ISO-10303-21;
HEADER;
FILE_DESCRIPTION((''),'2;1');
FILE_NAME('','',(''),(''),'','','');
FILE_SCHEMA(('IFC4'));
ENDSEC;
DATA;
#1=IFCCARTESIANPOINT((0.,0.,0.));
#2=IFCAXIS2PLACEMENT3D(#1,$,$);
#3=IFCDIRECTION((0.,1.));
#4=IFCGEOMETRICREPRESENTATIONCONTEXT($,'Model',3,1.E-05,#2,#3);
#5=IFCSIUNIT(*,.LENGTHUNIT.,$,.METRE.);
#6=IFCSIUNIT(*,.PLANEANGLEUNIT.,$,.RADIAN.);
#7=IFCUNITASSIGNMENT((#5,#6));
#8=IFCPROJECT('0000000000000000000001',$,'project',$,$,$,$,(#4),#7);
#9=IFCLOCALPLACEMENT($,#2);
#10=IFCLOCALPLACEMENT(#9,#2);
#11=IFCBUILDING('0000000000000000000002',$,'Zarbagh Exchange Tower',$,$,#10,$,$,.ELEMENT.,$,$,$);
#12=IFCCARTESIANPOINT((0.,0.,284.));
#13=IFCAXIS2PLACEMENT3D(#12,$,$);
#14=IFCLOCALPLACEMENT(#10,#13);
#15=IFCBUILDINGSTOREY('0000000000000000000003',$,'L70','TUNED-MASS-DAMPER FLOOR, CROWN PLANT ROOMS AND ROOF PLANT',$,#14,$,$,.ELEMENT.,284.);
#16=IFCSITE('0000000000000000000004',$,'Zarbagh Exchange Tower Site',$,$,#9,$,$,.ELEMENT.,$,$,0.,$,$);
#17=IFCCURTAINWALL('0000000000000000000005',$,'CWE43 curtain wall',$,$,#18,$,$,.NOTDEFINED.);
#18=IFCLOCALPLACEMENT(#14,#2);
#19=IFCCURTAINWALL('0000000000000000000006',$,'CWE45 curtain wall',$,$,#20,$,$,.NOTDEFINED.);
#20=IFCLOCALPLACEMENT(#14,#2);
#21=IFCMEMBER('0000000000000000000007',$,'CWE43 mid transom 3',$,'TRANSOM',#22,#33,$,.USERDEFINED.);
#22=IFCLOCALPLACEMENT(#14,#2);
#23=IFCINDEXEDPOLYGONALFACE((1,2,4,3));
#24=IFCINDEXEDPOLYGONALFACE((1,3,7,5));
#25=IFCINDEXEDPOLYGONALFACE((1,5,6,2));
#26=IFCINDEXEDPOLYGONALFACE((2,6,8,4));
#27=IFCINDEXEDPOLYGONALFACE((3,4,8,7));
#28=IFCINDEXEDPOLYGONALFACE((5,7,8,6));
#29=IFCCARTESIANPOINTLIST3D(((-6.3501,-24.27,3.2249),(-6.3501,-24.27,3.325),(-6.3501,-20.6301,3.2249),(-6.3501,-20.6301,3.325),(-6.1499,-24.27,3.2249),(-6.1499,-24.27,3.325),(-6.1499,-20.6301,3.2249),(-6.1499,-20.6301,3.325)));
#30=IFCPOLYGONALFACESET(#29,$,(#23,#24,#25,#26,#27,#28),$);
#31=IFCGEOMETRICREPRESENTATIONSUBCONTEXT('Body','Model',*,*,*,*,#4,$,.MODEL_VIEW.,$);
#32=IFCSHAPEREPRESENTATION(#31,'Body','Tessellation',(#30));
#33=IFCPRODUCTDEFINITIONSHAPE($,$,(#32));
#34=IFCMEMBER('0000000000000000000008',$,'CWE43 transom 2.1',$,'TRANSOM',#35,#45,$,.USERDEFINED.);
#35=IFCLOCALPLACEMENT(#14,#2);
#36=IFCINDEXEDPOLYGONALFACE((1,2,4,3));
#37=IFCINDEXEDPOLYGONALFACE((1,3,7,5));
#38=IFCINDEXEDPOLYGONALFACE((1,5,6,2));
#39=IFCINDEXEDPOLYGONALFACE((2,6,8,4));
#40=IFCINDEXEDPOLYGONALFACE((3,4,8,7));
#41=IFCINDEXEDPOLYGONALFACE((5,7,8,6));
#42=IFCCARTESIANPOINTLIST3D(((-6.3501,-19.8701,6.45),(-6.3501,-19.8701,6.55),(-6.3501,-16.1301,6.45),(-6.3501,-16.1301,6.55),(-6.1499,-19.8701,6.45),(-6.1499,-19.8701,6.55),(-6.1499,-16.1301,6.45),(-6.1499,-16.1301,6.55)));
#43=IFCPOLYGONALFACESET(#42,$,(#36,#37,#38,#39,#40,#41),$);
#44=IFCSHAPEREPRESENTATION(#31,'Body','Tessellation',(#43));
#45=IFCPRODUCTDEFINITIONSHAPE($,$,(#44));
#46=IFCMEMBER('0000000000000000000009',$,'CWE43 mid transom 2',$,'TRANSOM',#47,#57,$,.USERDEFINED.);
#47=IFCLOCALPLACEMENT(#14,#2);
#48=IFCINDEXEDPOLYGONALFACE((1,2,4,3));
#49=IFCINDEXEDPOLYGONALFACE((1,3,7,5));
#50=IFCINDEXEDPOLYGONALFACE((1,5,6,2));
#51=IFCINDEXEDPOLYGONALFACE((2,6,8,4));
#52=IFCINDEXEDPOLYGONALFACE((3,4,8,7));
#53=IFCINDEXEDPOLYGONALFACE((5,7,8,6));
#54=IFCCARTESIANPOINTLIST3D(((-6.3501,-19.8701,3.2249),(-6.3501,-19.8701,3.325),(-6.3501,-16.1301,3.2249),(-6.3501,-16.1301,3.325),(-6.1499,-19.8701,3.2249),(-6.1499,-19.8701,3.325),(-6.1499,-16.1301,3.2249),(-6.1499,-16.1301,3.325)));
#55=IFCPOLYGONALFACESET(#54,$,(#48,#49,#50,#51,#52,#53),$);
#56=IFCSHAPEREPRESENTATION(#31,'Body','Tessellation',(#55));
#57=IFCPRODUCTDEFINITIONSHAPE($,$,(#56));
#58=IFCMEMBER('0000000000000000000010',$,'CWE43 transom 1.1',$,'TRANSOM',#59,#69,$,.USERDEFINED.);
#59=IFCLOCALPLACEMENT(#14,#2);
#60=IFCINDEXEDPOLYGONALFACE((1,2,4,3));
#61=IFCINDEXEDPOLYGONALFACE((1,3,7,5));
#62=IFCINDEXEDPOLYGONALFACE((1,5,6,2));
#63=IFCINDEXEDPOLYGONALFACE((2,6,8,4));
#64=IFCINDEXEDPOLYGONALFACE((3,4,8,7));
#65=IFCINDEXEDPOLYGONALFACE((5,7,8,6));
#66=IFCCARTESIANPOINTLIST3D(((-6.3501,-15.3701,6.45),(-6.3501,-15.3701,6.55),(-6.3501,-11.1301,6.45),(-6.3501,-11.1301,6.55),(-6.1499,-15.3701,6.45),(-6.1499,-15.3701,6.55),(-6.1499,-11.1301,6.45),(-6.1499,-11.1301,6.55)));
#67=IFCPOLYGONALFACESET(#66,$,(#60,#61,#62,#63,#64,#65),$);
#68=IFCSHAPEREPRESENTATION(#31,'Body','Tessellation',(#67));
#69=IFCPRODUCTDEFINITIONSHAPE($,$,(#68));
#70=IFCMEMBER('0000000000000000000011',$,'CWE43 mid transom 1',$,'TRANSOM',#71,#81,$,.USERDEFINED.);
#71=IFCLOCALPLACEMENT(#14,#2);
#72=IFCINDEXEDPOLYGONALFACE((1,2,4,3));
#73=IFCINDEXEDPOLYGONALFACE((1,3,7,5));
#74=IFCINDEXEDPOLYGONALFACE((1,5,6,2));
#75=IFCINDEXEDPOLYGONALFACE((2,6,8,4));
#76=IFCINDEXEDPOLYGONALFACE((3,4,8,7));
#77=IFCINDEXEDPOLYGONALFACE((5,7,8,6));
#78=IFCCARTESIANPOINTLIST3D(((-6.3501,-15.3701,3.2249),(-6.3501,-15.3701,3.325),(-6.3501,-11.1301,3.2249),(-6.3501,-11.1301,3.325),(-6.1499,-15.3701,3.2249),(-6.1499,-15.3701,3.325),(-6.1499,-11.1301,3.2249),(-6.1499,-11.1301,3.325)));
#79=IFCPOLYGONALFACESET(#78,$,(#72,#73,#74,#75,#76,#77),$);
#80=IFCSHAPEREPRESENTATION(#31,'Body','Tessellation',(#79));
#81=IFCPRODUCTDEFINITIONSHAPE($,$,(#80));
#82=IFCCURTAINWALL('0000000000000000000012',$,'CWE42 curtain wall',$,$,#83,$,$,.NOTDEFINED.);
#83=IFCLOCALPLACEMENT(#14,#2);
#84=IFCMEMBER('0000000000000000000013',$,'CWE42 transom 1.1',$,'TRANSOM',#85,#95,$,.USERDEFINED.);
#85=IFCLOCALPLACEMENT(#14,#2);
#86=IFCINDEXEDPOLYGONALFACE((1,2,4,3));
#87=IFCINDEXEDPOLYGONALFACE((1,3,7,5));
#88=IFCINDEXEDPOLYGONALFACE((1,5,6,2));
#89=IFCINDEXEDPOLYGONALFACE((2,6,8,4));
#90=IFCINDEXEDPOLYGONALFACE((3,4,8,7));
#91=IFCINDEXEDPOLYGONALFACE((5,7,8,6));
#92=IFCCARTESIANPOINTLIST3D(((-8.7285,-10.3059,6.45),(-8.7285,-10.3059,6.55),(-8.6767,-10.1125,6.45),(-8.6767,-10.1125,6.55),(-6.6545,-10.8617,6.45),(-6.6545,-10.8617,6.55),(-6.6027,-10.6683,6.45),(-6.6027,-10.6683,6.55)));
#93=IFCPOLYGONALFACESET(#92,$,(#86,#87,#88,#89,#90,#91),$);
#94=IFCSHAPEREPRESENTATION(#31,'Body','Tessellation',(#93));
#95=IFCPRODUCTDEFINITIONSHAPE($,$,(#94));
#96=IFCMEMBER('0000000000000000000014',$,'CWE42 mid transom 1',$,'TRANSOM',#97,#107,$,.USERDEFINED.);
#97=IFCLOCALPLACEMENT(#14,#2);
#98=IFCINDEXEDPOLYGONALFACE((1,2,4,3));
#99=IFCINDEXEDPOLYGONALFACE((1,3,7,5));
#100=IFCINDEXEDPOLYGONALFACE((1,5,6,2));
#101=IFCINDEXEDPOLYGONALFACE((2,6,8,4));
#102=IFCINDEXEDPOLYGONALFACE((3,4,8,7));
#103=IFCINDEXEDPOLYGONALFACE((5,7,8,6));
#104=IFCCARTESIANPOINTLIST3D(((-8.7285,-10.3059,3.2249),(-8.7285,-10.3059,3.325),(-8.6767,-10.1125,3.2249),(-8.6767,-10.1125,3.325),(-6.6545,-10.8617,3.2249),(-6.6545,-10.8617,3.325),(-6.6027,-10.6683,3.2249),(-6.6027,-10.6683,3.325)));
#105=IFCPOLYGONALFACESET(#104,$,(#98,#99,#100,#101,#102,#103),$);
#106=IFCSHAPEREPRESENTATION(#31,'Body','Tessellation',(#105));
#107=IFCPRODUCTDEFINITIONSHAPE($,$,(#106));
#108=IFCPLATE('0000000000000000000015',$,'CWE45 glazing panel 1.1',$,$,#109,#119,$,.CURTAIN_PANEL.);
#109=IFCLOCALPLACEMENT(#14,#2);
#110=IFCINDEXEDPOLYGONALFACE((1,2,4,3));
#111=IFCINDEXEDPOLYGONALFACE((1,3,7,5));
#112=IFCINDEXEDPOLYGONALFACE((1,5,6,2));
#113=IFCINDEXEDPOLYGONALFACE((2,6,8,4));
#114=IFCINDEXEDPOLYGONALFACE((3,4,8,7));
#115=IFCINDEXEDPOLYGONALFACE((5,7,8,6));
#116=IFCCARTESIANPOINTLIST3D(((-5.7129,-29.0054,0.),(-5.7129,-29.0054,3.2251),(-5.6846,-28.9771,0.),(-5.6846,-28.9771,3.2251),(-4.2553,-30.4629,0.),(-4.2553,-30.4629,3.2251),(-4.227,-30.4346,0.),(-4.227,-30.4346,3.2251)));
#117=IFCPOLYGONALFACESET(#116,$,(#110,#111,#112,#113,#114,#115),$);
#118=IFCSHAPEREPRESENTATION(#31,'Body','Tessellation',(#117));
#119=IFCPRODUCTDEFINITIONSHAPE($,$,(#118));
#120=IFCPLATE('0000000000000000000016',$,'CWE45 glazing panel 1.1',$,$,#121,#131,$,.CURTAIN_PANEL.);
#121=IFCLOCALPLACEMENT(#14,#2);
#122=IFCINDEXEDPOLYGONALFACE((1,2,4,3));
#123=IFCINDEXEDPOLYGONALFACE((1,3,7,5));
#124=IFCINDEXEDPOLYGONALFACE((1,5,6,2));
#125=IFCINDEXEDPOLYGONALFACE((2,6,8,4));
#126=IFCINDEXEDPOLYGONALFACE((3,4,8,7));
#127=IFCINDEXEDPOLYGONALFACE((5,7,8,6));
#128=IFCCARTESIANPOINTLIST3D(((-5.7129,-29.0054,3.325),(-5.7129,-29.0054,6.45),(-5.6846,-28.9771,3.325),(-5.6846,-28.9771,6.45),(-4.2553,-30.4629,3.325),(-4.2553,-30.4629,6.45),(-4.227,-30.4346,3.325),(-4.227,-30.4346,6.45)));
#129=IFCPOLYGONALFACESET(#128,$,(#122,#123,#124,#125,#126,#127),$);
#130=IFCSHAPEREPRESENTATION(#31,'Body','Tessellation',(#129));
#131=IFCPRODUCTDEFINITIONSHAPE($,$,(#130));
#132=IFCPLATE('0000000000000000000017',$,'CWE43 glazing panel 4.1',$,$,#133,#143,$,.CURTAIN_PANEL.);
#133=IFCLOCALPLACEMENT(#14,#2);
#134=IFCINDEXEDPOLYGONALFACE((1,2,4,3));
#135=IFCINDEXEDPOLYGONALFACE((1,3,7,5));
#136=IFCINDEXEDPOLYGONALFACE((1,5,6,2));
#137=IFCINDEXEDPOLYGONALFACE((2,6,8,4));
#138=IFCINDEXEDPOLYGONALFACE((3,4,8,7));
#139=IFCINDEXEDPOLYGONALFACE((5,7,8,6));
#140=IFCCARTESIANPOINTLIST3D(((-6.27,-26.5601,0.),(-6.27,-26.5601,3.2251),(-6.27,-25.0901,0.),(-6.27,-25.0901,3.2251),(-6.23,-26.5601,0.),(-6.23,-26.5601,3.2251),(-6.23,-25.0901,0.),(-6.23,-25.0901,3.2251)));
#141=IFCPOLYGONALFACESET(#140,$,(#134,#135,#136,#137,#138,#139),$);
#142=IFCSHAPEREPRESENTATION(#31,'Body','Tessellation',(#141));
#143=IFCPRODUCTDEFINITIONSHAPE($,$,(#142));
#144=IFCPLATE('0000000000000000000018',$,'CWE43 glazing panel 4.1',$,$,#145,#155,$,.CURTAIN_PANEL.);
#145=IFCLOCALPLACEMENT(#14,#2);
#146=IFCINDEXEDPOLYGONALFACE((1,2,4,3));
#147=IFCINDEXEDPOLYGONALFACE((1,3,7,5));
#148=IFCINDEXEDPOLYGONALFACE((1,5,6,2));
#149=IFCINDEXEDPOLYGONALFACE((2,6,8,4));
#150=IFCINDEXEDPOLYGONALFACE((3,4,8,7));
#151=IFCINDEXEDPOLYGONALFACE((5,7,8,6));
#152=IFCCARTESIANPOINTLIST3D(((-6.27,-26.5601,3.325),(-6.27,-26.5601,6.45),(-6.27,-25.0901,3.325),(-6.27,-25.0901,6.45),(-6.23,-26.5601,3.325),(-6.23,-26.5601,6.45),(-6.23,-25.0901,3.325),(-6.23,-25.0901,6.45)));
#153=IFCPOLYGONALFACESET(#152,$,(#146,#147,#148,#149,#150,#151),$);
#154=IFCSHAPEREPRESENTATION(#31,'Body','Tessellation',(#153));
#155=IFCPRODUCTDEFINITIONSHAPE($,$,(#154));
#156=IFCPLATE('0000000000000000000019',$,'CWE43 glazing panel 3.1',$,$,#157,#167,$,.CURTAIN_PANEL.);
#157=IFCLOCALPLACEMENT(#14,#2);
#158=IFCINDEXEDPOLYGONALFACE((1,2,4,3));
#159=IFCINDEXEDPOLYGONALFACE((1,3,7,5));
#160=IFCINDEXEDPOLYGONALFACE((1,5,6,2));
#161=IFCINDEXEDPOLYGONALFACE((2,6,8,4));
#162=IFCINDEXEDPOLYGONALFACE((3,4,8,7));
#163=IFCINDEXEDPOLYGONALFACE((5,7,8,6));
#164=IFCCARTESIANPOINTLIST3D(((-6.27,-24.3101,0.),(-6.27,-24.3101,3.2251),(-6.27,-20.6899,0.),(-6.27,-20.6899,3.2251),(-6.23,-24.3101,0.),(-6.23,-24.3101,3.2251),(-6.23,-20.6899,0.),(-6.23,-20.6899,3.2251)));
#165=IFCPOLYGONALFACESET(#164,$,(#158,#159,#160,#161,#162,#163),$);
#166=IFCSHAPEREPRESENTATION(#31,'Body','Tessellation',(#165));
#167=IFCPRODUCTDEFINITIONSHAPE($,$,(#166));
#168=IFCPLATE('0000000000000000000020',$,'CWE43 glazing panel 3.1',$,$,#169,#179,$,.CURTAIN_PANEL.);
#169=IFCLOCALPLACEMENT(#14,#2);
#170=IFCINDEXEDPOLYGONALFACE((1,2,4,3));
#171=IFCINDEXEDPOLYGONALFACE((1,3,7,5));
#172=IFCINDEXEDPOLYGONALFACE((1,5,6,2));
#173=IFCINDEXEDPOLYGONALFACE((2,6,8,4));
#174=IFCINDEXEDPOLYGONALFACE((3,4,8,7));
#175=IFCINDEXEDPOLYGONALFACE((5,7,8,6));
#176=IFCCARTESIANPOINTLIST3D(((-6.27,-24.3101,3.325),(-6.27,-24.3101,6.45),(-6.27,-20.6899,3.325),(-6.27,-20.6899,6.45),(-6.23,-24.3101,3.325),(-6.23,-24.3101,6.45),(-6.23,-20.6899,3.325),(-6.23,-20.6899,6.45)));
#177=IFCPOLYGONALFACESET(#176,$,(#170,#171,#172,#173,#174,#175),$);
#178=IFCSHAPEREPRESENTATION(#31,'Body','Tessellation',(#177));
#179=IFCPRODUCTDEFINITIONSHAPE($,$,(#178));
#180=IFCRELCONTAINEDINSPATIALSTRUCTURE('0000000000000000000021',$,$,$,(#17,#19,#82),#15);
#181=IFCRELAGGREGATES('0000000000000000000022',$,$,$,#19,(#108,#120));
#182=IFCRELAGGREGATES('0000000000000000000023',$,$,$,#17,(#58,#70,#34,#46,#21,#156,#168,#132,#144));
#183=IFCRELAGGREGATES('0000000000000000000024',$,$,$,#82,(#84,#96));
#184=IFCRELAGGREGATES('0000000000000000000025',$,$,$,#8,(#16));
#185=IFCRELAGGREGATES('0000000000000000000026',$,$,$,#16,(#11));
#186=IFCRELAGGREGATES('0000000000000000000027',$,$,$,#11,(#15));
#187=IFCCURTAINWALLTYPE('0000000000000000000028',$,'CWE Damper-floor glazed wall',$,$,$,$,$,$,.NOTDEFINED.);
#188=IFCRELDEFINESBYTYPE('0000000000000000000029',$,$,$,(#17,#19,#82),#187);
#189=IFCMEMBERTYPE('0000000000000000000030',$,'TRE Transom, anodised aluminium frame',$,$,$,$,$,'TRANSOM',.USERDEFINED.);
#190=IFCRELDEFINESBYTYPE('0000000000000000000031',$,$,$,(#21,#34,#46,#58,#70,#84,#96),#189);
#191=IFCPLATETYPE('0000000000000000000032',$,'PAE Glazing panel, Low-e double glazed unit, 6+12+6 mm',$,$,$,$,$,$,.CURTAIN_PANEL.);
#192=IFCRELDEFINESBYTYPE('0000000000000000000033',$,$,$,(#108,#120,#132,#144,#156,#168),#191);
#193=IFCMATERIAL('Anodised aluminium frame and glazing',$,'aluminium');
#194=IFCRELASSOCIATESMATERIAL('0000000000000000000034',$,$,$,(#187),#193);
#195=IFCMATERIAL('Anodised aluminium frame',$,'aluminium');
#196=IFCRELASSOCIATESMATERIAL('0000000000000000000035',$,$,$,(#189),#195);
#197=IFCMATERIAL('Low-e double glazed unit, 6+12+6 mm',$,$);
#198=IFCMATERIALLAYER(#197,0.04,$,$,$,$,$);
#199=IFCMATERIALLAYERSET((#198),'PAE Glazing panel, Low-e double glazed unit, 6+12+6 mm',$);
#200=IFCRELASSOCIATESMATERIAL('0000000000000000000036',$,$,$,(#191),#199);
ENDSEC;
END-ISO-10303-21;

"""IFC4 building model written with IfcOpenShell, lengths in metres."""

from ifc_helpers import new_model, si_unit, direction, frame, origin, place, context, subcontext, project, spatial, polyline, outline, extrude, source, transform, mapped, material, layer, layer_set, type_object, element, aggregate, save


model = new_model("IFC4")

# Units and contexts
model_context = context("Model", 3, precision=1e-05, world=origin(), true_north=direction((0.0, 1.0)))
body_context = subcontext(model_context, "Body", "Model", "MODEL_VIEW")
ifc_project = project(units=[si_unit("LENGTHUNIT", "METRE"), si_unit("PLANEANGLEUNIT", "RADIAN")], contexts=[model_context])

# Site, building, storey
site_placement = place(None, origin())
site = spatial("IfcSite", under=ifc_project, at=site_placement, Name="Zarbagh Exchange Tower Site", CompositionType="ELEMENT", RefElevation=0.0)
building_placement = place(site_placement, origin())
building = spatial("IfcBuilding", under=site, at=building_placement, Name="Zarbagh Exchange Tower", CompositionType="ELEMENT")
storey_placement = place(building_placement, frame((0.0, 0.0, 284.0)))
storey = spatial("IfcBuildingStorey", under=building, at=storey_placement, Name="L70", Description="TUNED-MASS-DAMPER FLOOR, CROWN PLANT ROOMS AND ROOF PLANT", CompositionType="ELEMENT", Elevation=284.0)

# Curtain wall
ifc_material_1 = material(Name="Anodised aluminium frame and glazing", Category="aluminium")
curtain_wall_type = type_object("IfcCurtainWallType", Name="CWE Damper-floor glazed wall", PredefinedType="NOTDEFINED", material=ifc_material_1)
curtain_wall_1_placement = place(storey_placement, origin())
curtain_wall_1 = element("IfcCurtainWall", 1, at=curtain_wall_1_placement, inside=storey, type_object=curtain_wall_type, Name="CWE43 curtain wall", PredefinedType="NOTDEFINED")
ifc_material_2 = material(Name="Anodised aluminium frame", Category="aluminium")
placement = place(storey_placement, origin())

# Curtain wall
member_type_1 = type_object("IfcMemberType", Name="TRE Transom, anodised aluminium frame", ElementType="TRANSOM", PredefinedType="USERDEFINED", material=ifc_material_2)
curtain_wall_2_placement = place(storey_placement, origin())
curtain_wall_2 = element("IfcCurtainWall", 2, at=curtain_wall_2_placement, inside=storey, type_object=curtain_wall_type, Name="CWE45 curtain wall", PredefinedType="NOTDEFINED")

# Members
shared_shape_1 = source(origin(), body_context, "Body", "SweptSolid", [
    extrude(outline(polyline([(-0.05, -0.1001), (0.05, -0.1001), (0.05, 0.1001), (-0.05, 0.1001), (-0.05, -0.1001)])), origin(), (0.0, 0.0, 1.0), 3.6399),
])
member_1 = element("IfcMember", 3, at=placement, type_object=member_type_1, Name="CWE43 mid transom 3", ObjectType="TRANSOM", PredefinedType="USERDEFINED", context=body_context, shape_type="MappedRepresentation", body=[
    mapped(shared_shape_1, transform((-6.25, -20.6301, 3.2749), x_axis=(0.0, 0.0, 1.0), y_axis=(-1.0, 0.0, 0.0), z_axis=(0.0, -1.0, 0.0))),
])
shared_shape_2 = source(origin(), body_context, "Body", "SweptSolid", [
    extrude(outline(polyline([(-0.1001, -0.1001), (0.0, -0.1001), (0.0, 0.1001), (-0.1001, 0.1001), (-0.1001, -0.1001)])), origin(), (0.0, 0.0, 1.0), 3.74),
])
member_2 = element("IfcMember", 4, at=placement, type_object=member_type_1, Name="CWE43 transom 2.1", ObjectType="TRANSOM", PredefinedType="USERDEFINED", context=body_context, shape_type="MappedRepresentation", body=[
    mapped(shared_shape_2, transform((-6.25, -16.1301, 6.55), x_axis=(0.0, 0.0, 1.0), y_axis=(-1.0, 0.0, 0.0), z_axis=(0.0, -1.0, 0.0))),
])
shared_shape_3 = source(origin(), body_context, "Body", "SweptSolid", [
    extrude(outline(polyline([(-0.05, -0.1001), (0.05, -0.1001), (0.05, 0.1001), (-0.05, 0.1001), (-0.05, -0.1001)])), origin(), (0.0, 0.0, 1.0), 3.74),
])
member_3 = element("IfcMember", 5, at=placement, type_object=member_type_1, Name="CWE43 mid transom 2", ObjectType="TRANSOM", PredefinedType="USERDEFINED", context=body_context, shape_type="MappedRepresentation", body=[
    mapped(shared_shape_3, transform((-6.25, -16.1301, 3.2749), x_axis=(0.0, 0.0, 1.0), y_axis=(-1.0, 0.0, 0.0), z_axis=(0.0, -1.0, 0.0))),
])
shared_shape_4 = source(origin(), body_context, "Body", "SweptSolid", [
    extrude(outline(polyline([(-0.1001, -0.1001), (0.0, -0.1001), (0.0, 0.1001), (-0.1001, 0.1001), (-0.1001, -0.1001)])), origin(), (0.0, 0.0, 1.0), 4.24),
])
member_4 = element("IfcMember", 6, at=placement, type_object=member_type_1, Name="CWE43 transom 1.1", ObjectType="TRANSOM", PredefinedType="USERDEFINED", context=body_context, shape_type="MappedRepresentation", body=[
    mapped(shared_shape_4, transform((-6.25, -11.1301, 6.55), x_axis=(0.0, 0.0, 1.0), y_axis=(-1.0, 0.0, 0.0), z_axis=(0.0, -1.0, 0.0))),
])
shared_shape_5 = source(origin(), body_context, "Body", "SweptSolid", [
    extrude(outline(polyline([(-0.05, -0.1001), (0.05, -0.1001), (0.05, 0.1001), (-0.05, 0.1001), (-0.05, -0.1001)])), origin(), (0.0, 0.0, 1.0), 4.24),
])
member_5 = element("IfcMember", 7, at=placement, type_object=member_type_1, Name="CWE43 mid transom 1", ObjectType="TRANSOM", PredefinedType="USERDEFINED", context=body_context, shape_type="MappedRepresentation", body=[
    mapped(shared_shape_5, transform((-6.25, -11.1301, 3.2749), x_axis=(0.0, 0.0, 1.0), y_axis=(-1.0, 0.0, 0.0), z_axis=(0.0, -1.0, 0.0))),
])

# Curtain wall, members
curtain_wall_3_placement = place(storey_placement, origin())
curtain_wall_3 = element("IfcCurtainWall", 8, at=curtain_wall_3_placement, inside=storey, type_object=curtain_wall_type, Name="CWE42 curtain wall", PredefinedType="NOTDEFINED")
shared_shape_6 = source(origin(), body_context, "Body", "SweptSolid", [
    extrude(outline(polyline([(-0.1001, -0.1001), (0.0, -0.1001), (0.0, 0.1001), (-0.1001, 0.1001), (-0.1001, -0.1001)])), origin(), (0.0, 0.0, 1.0), 2.1472),
])
member_6 = element("IfcMember", 9, at=placement, type_object=member_type_1, Name="CWE42 transom 1.1", ObjectType="TRANSOM", PredefinedType="USERDEFINED", context=body_context, shape_type="MappedRepresentation", body=[
    mapped(shared_shape_6, transform((-8.7026, -10.2092, 6.55), x_axis=(0.0, 0.0, 1.0), y_axis=(-0.258825, -0.965924, 0.0), z_axis=(0.965924, -0.258825, 0.0))),
])
shared_shape_7 = source(origin(), body_context, "Body", "SweptSolid", [
    extrude(outline(polyline([(-0.05, -0.1001), (0.05, -0.1001), (0.05, 0.1001), (-0.05, 0.1001), (-0.05, -0.1001)])), origin(), (0.0, 0.0, 1.0), 2.1472),
])
member_7 = element("IfcMember", 10, at=placement, type_object=member_type_1, Name="CWE42 mid transom 1", ObjectType="TRANSOM", PredefinedType="USERDEFINED", context=body_context, shape_type="MappedRepresentation", body=[
    mapped(shared_shape_7, transform((-8.7026, -10.2092, 3.2749), x_axis=(0.0, 0.0, 1.0), y_axis=(-0.258825, -0.965924, 0.0), z_axis=(0.965924, -0.258825, 0.0))),
])

# Plates
ifc_material_3 = material(Name="Low-e double glazed unit, 6+12+6 mm")
ifc_layer = layer(ifc_material_3, 0.04)
ifc_layer_set = layer_set([ifc_layer], Name="PAE Glazing panel, Low-e double glazed unit, 6+12+6 mm")
plate_type = type_object("IfcPlateType", Name="PAE Glazing panel, Low-e double glazed unit, 6+12+6 mm", PredefinedType="CURTAIN_PANEL", material=ifc_layer_set)
shared_shape_8 = source(origin(), body_context, "Body", "SweptSolid", [
    extrude(outline(polyline([(0.0, -0.02), (2.0613, -0.02), (2.0613, 0.02), (0.0, 0.02), (0.0, -0.02)])), origin(), (0.0, 0.0, 1.0), 3.2251),
])
plate_1 = element("IfcPlate", 11, at=placement, type_object=plate_type, Name="CWE45 glazing panel 1.1", PredefinedType="CURTAIN_PANEL", context=body_context, shape_type="MappedRepresentation", body=[
    mapped(shared_shape_8, transform((-5.6987, -28.9912, 0.0), x_axis=(0.707107, -0.707107, 0.0), y_axis=(0.707107, 0.707107, 0.0), z_axis=(0.0, 0.0, 1.0))),
])
shared_shape_9 = source(origin(), body_context, "Body", "SweptSolid", [
    extrude(outline(polyline([(0.0, -0.02), (2.0613, -0.02), (2.0613, 0.02), (0.0, 0.02), (0.0, -0.02)])), origin(), (0.0, 0.0, 1.0), 3.125),
])
plate_2 = element("IfcPlate", 12, at=placement, type_object=plate_type, Name="CWE45 glazing panel 1.1", PredefinedType="CURTAIN_PANEL", context=body_context, shape_type="MappedRepresentation", body=[
    mapped(shared_shape_9, transform((-5.6987, -28.9912, 3.325), x_axis=(0.707107, -0.707107, 0.0), y_axis=(0.707107, 0.707107, 0.0), z_axis=(0.0, 0.0, 1.0))),
])
aggregate(curtain_wall_2, [plate_1, plate_2])
shared_shape_10 = source(origin(), body_context, "Body", "SweptSolid", [
    extrude(outline(polyline([(0.0, -0.02), (1.47, -0.02), (1.47, 0.02), (0.0, 0.02), (0.0, -0.02)])), origin(), (0.0, 0.0, 1.0), 3.2251),
])
plate_3 = element("IfcPlate", 13, at=placement, type_object=plate_type, Name="CWE43 glazing panel 4.1", PredefinedType="CURTAIN_PANEL", context=body_context, shape_type="MappedRepresentation", body=[
    mapped(shared_shape_10, transform((-6.25, -25.0901, 0.0), x_axis=(0.0, -1.0, 0.0), y_axis=(1.0, 0.0, 0.0), z_axis=(0.0, 0.0, 1.0))),
])
shared_shape_11 = source(origin(), body_context, "Body", "SweptSolid", [
    extrude(outline(polyline([(0.0, -0.02), (1.47, -0.02), (1.47, 0.02), (0.0, 0.02), (0.0, -0.02)])), origin(), (0.0, 0.0, 1.0), 3.125),
])
plate_4 = element("IfcPlate", 14, at=placement, type_object=plate_type, Name="CWE43 glazing panel 4.1", PredefinedType="CURTAIN_PANEL", context=body_context, shape_type="MappedRepresentation", body=[
    mapped(shared_shape_11, transform((-6.25, -25.0901, 3.325), x_axis=(0.0, -1.0, 0.0), y_axis=(1.0, 0.0, 0.0), z_axis=(0.0, 0.0, 1.0))),
])
shared_shape_12 = source(origin(), body_context, "Body", "SweptSolid", [
    extrude(outline(polyline([(0.0, -0.02), (3.6201, -0.02), (3.6201, 0.02), (0.0, 0.02), (0.0, -0.02)])), origin(), (0.0, 0.0, 1.0), 3.2251),
])
plate_5 = element("IfcPlate", 15, at=placement, type_object=plate_type, Name="CWE43 glazing panel 3.1", PredefinedType="CURTAIN_PANEL", context=body_context, shape_type="MappedRepresentation", body=[
    mapped(shared_shape_12, transform((-6.25, -20.6899, 0.0), x_axis=(0.0, -1.0, 0.0), y_axis=(1.0, 0.0, 0.0), z_axis=(0.0, 0.0, 1.0))),
])
shared_shape_13 = source(origin(), body_context, "Body", "SweptSolid", [
    extrude(outline(polyline([(0.0, -0.02), (3.6201, -0.02), (3.6201, 0.02), (0.0, 0.02), (0.0, -0.02)])), origin(), (0.0, 0.0, 1.0), 3.125),
])
plate_6 = element("IfcPlate", 16, at=placement, type_object=plate_type, Name="CWE43 glazing panel 3.1", PredefinedType="CURTAIN_PANEL", context=body_context, shape_type="MappedRepresentation", body=[
    mapped(shared_shape_13, transform((-6.25, -20.6899, 3.325), x_axis=(0.0, -1.0, 0.0), y_axis=(1.0, 0.0, 0.0), z_axis=(0.0, 0.0, 1.0))),
])
aggregate(curtain_wall_1, [member_4, member_5, member_2, member_3, member_1, plate_5, plate_6, plate_3, plate_4])
aggregate(curtain_wall_3, [member_6, member_7])

save(model, "model.ifc")
